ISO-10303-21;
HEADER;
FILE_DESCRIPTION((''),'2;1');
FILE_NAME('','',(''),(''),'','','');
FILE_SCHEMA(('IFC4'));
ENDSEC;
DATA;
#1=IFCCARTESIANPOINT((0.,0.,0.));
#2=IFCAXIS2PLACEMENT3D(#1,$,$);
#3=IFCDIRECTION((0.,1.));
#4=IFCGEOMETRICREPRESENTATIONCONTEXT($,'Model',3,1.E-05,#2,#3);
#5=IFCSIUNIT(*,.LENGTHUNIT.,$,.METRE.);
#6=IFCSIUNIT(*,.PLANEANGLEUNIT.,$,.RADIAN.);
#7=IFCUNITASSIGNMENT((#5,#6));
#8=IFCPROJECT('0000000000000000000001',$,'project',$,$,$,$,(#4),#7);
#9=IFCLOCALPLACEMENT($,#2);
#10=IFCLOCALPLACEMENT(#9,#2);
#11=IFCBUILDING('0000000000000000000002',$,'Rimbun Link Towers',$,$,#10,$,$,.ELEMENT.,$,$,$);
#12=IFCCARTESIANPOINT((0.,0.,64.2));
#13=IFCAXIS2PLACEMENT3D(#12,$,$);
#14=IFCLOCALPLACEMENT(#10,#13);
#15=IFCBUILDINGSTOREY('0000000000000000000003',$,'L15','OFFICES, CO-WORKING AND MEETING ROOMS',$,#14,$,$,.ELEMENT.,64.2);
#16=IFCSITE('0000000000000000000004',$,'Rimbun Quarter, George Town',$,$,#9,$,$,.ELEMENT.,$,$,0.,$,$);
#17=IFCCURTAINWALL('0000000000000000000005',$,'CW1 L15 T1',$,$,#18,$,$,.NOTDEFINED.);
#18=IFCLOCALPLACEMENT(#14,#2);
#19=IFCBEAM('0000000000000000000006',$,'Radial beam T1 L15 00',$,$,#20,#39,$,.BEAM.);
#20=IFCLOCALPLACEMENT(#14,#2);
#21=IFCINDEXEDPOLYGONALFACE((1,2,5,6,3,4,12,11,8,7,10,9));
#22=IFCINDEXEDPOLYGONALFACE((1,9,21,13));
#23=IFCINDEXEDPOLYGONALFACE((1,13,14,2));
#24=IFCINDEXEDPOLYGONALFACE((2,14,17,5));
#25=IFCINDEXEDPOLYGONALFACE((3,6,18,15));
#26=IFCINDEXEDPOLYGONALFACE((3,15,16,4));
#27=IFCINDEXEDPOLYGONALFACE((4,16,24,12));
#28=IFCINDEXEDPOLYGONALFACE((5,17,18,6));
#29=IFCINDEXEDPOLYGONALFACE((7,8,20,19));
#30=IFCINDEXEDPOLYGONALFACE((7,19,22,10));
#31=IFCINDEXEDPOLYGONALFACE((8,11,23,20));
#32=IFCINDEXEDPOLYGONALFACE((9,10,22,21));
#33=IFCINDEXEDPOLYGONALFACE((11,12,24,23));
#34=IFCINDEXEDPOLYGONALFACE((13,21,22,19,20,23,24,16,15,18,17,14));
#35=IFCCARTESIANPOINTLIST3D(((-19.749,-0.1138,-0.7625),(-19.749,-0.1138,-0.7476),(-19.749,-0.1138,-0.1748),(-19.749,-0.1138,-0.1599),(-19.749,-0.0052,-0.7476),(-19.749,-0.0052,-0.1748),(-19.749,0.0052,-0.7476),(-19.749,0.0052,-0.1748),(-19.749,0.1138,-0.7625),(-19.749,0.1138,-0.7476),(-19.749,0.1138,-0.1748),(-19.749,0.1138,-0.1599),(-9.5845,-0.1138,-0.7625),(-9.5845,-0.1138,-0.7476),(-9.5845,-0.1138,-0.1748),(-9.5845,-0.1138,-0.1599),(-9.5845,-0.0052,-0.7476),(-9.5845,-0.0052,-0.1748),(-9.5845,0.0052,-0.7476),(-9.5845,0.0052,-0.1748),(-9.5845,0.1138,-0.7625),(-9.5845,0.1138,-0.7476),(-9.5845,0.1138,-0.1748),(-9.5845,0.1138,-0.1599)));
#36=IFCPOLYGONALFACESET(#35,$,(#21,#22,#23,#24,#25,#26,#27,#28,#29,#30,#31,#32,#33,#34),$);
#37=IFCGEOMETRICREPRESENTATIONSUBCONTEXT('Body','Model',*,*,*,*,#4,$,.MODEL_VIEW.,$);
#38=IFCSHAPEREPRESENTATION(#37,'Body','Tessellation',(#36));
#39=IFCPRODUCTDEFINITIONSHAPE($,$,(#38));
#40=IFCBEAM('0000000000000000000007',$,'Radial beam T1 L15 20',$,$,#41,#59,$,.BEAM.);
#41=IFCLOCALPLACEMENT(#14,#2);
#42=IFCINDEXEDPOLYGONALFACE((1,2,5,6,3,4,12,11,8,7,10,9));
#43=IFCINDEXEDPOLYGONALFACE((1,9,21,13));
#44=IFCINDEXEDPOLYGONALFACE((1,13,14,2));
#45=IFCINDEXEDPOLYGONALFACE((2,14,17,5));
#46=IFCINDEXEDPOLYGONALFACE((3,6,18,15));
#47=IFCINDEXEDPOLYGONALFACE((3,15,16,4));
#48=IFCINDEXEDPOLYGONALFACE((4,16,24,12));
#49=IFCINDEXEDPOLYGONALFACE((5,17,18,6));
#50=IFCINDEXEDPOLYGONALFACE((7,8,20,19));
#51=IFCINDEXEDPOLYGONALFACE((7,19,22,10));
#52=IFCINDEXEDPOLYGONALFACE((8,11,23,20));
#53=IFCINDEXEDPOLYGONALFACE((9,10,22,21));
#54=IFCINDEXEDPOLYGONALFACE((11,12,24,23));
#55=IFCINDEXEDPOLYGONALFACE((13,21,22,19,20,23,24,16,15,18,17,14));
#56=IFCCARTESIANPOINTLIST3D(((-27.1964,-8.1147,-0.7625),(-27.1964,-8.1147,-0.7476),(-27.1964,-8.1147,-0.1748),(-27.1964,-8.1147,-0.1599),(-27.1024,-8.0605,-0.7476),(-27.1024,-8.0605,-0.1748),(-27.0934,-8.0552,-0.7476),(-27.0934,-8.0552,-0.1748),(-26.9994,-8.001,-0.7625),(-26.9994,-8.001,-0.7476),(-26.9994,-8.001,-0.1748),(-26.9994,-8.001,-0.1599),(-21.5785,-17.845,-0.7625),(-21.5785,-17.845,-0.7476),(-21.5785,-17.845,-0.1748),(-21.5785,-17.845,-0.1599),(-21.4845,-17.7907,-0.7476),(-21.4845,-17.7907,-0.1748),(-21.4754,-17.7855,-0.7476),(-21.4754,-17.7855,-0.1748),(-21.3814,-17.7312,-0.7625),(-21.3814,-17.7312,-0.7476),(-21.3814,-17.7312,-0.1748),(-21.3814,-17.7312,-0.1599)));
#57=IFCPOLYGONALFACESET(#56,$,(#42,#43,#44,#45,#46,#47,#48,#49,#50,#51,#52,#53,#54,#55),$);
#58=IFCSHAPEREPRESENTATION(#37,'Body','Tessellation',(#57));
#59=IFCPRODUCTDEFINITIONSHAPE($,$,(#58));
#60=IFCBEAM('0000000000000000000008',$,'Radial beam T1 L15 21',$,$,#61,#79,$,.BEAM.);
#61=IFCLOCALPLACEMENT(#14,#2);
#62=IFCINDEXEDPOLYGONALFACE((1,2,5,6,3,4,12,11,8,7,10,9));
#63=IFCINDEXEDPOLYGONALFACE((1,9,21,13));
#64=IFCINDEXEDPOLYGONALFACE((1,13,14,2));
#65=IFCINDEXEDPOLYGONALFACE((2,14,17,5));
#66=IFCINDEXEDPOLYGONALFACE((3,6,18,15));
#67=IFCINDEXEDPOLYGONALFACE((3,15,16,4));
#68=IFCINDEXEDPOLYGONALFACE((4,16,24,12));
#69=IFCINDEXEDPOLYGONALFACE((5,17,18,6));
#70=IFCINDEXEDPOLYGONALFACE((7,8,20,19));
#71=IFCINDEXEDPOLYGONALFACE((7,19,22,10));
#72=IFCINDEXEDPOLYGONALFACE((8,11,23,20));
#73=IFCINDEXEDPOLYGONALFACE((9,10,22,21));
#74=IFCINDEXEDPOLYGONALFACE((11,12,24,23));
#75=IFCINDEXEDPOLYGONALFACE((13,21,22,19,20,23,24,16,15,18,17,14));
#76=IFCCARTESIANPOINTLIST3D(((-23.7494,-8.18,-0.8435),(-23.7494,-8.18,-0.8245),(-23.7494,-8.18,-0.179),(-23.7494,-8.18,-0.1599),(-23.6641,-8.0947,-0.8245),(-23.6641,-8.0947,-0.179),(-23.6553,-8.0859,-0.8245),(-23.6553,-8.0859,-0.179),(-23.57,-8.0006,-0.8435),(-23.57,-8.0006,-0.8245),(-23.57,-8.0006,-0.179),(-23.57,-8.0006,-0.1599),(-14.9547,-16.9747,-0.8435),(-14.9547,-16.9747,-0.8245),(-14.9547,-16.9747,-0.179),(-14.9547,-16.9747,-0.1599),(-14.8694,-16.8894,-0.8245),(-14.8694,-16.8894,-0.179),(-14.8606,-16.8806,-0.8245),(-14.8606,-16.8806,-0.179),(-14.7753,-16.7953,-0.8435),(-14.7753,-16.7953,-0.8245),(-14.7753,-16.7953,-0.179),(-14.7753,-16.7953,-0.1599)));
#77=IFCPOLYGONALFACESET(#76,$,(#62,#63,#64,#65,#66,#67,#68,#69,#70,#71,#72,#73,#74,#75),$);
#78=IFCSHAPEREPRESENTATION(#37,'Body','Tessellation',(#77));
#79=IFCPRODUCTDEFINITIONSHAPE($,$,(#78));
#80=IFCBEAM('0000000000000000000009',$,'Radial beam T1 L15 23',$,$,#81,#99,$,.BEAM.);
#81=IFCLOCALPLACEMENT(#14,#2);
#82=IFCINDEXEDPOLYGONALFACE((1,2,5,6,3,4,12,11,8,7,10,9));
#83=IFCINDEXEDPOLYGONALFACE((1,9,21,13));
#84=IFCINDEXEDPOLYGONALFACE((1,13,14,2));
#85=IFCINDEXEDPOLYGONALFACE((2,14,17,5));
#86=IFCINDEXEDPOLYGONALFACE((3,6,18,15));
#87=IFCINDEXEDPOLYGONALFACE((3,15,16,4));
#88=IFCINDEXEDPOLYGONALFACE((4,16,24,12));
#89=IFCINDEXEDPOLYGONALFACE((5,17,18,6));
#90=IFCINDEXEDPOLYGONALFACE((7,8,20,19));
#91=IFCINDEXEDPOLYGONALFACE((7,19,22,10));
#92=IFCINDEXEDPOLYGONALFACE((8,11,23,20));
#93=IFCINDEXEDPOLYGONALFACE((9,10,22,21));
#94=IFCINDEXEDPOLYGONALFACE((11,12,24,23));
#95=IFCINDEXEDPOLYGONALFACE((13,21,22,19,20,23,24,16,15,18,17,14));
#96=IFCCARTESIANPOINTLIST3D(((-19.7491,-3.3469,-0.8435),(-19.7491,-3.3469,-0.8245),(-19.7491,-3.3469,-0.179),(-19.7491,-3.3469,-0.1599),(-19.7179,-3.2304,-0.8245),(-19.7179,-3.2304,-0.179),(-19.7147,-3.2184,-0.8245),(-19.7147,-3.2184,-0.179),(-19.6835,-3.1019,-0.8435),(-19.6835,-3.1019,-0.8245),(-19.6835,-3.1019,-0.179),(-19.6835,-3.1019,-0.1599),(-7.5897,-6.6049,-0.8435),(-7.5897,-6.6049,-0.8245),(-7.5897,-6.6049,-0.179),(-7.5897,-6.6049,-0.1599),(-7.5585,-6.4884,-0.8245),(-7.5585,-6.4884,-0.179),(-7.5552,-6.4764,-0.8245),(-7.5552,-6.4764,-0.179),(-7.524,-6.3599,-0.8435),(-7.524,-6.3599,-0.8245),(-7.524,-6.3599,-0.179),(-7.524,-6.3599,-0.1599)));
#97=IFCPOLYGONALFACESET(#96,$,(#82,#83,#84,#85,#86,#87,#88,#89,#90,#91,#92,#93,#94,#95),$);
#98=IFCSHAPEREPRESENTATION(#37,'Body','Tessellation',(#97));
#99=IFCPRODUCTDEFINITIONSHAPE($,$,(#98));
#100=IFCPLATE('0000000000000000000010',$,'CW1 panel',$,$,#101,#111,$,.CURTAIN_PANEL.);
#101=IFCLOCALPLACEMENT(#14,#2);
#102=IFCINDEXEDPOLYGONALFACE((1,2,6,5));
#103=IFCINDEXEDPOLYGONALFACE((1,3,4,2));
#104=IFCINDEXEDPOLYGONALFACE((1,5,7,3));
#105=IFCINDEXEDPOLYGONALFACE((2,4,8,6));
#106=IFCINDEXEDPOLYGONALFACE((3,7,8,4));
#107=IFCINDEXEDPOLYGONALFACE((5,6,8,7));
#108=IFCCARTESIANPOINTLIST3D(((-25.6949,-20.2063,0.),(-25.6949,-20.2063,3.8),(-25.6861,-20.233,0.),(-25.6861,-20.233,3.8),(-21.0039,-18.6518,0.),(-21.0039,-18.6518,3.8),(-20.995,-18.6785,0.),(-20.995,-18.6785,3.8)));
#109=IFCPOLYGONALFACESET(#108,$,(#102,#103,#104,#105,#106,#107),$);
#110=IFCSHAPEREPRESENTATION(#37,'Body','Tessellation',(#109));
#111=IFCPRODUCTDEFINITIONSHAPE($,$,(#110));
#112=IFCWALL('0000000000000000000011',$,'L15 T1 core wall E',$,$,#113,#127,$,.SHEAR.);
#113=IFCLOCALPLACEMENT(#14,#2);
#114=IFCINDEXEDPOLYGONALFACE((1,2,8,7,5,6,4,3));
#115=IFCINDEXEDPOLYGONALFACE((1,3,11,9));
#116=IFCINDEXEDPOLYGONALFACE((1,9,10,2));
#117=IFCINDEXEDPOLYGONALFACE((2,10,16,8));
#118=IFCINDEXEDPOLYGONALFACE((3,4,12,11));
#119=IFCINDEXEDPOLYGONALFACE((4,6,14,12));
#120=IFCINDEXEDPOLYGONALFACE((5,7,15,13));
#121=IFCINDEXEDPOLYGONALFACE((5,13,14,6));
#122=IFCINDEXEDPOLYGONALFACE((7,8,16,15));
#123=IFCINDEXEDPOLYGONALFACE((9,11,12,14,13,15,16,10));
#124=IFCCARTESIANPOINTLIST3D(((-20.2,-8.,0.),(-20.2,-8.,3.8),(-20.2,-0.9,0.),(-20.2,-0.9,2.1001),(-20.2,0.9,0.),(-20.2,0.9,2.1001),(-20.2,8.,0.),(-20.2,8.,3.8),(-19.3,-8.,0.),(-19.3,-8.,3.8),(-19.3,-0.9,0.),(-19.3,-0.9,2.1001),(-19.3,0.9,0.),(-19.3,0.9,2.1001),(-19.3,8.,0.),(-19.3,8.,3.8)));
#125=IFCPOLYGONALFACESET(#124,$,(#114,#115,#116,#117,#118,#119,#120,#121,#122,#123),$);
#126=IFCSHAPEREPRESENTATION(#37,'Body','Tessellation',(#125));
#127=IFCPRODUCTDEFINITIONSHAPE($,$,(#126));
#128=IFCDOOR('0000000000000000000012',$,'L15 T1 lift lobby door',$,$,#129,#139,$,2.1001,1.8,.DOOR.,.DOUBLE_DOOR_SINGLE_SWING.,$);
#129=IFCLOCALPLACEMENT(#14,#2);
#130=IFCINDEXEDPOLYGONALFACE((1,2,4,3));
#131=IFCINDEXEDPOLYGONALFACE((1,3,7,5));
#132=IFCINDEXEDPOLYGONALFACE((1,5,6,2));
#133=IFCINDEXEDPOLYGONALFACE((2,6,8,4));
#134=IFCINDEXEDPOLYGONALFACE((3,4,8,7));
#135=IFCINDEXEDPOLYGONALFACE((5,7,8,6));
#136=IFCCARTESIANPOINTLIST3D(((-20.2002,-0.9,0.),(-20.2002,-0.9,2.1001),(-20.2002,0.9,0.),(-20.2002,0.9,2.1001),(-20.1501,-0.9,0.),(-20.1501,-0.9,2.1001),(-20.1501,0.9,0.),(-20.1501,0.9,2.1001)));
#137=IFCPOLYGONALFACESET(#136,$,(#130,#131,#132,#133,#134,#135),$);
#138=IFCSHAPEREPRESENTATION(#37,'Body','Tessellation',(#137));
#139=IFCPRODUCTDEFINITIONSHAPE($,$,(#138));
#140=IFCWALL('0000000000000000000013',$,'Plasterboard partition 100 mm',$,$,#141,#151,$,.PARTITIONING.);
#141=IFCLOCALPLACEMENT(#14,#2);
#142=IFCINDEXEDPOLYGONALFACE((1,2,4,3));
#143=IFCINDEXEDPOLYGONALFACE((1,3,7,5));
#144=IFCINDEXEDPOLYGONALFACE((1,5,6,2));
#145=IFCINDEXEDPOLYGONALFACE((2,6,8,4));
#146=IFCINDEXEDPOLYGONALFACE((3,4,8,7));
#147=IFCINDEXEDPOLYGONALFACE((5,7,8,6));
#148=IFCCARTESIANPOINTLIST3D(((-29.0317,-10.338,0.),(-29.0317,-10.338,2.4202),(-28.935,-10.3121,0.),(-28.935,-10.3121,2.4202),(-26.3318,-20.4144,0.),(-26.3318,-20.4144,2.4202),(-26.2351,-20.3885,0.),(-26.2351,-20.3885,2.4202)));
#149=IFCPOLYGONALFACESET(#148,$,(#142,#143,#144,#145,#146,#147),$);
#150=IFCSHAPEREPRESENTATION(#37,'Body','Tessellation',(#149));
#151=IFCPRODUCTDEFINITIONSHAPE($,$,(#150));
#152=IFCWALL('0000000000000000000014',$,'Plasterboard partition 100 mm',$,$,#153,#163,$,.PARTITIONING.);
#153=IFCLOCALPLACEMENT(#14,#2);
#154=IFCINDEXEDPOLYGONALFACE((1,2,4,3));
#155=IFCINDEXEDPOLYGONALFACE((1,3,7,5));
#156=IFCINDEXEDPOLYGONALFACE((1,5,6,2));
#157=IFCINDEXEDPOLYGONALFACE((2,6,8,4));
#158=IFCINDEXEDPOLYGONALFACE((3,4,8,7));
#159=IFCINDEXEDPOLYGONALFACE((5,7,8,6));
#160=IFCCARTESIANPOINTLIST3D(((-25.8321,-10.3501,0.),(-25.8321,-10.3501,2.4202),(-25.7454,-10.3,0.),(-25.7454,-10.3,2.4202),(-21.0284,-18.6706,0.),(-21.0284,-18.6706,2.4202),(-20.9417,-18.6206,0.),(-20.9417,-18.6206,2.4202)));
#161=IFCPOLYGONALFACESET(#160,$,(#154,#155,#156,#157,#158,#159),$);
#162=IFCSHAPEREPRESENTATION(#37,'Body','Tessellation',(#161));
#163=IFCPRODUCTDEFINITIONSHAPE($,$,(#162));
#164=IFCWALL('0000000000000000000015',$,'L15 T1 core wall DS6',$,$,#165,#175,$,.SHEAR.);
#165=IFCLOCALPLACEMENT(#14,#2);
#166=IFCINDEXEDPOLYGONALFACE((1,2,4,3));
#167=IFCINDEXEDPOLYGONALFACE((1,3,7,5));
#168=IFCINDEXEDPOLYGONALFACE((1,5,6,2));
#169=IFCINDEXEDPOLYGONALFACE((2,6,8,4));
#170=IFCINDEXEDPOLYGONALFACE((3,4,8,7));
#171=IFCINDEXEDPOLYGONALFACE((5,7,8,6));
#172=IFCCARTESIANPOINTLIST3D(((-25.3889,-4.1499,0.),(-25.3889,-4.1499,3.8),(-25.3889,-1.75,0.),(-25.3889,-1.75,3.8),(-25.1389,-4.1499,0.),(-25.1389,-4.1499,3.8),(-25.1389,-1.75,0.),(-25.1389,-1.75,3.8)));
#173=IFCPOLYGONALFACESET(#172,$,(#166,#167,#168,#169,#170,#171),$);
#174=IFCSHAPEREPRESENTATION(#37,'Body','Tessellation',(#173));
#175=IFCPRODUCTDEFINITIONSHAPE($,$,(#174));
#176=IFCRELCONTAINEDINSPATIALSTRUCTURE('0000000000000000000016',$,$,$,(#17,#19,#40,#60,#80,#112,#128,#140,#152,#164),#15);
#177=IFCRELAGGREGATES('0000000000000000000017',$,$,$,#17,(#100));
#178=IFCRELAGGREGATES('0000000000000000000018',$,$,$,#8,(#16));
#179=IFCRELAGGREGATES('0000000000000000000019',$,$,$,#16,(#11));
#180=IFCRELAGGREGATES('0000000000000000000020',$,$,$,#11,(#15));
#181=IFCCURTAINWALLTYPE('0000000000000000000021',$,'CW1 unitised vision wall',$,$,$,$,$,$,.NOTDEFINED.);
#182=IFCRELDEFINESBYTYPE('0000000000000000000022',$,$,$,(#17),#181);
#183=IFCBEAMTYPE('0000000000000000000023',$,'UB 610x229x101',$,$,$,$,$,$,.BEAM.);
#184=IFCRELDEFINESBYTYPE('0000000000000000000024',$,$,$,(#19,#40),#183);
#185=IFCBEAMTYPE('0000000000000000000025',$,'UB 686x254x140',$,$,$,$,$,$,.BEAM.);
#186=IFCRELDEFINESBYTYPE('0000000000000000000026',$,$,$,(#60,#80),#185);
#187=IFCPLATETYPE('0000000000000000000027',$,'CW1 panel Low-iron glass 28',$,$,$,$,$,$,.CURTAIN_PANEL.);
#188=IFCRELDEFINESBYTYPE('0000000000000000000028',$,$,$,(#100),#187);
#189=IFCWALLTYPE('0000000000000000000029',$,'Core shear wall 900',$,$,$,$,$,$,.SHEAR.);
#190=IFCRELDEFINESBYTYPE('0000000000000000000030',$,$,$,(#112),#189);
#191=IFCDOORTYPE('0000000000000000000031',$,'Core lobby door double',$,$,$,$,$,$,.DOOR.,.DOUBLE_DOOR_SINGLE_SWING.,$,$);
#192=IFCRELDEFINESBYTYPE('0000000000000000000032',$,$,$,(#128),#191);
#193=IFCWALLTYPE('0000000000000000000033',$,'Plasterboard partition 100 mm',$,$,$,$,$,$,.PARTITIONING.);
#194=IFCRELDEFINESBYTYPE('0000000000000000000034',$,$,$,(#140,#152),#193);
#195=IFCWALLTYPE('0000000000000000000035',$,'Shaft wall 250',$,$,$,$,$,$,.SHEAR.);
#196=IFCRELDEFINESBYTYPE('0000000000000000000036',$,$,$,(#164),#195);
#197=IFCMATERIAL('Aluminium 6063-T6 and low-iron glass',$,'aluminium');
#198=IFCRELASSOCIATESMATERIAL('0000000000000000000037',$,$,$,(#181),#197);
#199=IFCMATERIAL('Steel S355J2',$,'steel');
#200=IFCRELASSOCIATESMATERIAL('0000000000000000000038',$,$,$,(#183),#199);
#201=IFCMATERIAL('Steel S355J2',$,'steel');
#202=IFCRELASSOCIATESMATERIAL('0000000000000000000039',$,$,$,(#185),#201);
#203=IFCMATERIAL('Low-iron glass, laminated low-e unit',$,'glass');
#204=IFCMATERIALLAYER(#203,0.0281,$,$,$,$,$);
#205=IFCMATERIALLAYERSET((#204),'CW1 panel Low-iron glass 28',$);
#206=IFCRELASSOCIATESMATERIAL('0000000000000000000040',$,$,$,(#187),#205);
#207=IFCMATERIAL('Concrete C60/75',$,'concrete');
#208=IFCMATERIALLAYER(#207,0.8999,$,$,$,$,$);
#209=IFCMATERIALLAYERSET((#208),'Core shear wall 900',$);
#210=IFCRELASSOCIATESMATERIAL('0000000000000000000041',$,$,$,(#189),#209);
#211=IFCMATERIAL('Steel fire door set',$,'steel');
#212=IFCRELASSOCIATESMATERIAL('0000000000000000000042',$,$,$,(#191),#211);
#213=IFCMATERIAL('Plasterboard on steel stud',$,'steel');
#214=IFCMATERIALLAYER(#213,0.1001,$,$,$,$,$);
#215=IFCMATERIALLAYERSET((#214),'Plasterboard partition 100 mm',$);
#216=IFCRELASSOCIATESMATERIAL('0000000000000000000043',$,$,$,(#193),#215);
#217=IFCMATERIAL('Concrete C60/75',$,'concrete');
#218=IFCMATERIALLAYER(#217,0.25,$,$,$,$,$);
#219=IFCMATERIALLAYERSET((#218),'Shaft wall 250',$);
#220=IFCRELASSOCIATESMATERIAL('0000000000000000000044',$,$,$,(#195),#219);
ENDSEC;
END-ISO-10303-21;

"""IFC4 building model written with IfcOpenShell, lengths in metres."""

from ifc_helpers import new_model, si_unit, direction, frame, frame_2d, origin, origin_2d, place, context, subcontext, project, spatial, rectangle, i_section, extrude, material, layer, layer_set, material_profile, profile_set, type_object, element, fill, aggregate, save


model = new_model("IFC4")

# Units and contexts
model_context = context("Model", 3, precision=1e-05, world=origin(), true_north=direction((0.0, 1.0)))
body_context = subcontext(model_context, "Body", "Model", "MODEL_VIEW")
ifc_project = project(units=[si_unit("LENGTHUNIT", "METRE"), si_unit("PLANEANGLEUNIT", "RADIAN")], contexts=[model_context])

# Site, building, storey
site_placement = place(None, origin())
site = spatial("IfcSite", under=ifc_project, at=site_placement, Name="Rimbun Quarter, George Town", CompositionType="ELEMENT", RefElevation=0.0)
building_placement = place(site_placement, origin())
building = spatial("IfcBuilding", under=site, at=building_placement, Name="Rimbun Link Towers", CompositionType="ELEMENT")
storey_placement = place(building_placement, frame((0.0, 0.0, 64.2)))
storey = spatial("IfcBuildingStorey", under=building, at=storey_placement, Name="L15", Description="OFFICES, CO-WORKING AND MEETING ROOMS", CompositionType="ELEMENT", Elevation=64.2)

# Curtain wall
ifc_material_1 = material(Name="Aluminium 6063-T6 and low-iron glass", Category="aluminium")
curtain_wall_type = type_object("IfcCurtainWallType", Name="CW1 unitised vision wall", PredefinedType="NOTDEFINED", material=ifc_material_1)
curtain_wall_placement = place(storey_placement, origin())
curtain_wall = element("IfcCurtainWall", 1, at=curtain_wall_placement, inside=storey, type_object=curtain_wall_type, Name="CW1 L15 T1", PredefinedType="NOTDEFINED")

# Beams
ifc_material_2 = material(Name="Steel S355J2", Category="steel")
ifc_material_profile_1 = material_profile(ifc_material_2, i_section(OverallWidth=0.2275, OverallDepth=0.6025, WebThickness=0.0105, FlangeThickness=0.0149, at=origin_2d()), Name="UB 610x229x101")
ifc_profile_set_1 = profile_set([ifc_material_profile_1], Name="Steel S355J2")
beam_type_1 = type_object("IfcBeamType", Name="UB 610x229x101", PredefinedType="BEAM", material=ifc_profile_set_1)
beam_1_placement = place(storey_placement, frame((-19.749, 0.0, -0.4612), z_axis=(1.0, 0.0, 0.0), x_axis=(0.0, 1.0, 0.0)))
element("IfcBeam", 2, at=beam_1_placement, inside=storey, type_object=beam_type_1, Name="Radial beam T1 L15 00", PredefinedType="BEAM", context=body_context, shape_type="SweptSolid", body=[
    extrude(i_section(OverallWidth=0.2275, OverallDepth=0.6025, WebThickness=0.0105, FlangeThickness=0.0149, at=origin_2d()), origin(), (0.0, 0.0, 1.0), 10.1646),
])
beam_2_placement = place(storey_placement, frame((-27.0979, -8.0579, -0.4612), z_axis=(0.500011, -0.866019, 0.0), x_axis=(0.866019, 0.500011, 0.0)))
element("IfcBeam", 3, at=beam_2_placement, inside=storey, type_object=beam_type_1, Name="Radial beam T1 L15 20", PredefinedType="BEAM", context=body_context, shape_type="SweptSolid", body=[
    extrude(i_section(OverallWidth=0.2275, OverallDepth=0.6025, WebThickness=0.0105, FlangeThickness=0.0149, at=origin_2d()), origin(), (0.0, 0.0, 1.0), 11.2356),
])
ifc_material_3 = material(Name="Steel S355J2", Category="steel")
ifc_material_profile_2 = material_profile(ifc_material_3, i_section(OverallWidth=0.2537, OverallDepth=0.6836, WebThickness=0.0125, FlangeThickness=0.019, at=origin_2d()), Name="UB 686x254x140")
ifc_profile_set_2 = profile_set([ifc_material_profile_2], Name="Steel S355J2")
beam_type_2 = type_object("IfcBeamType", Name="UB 686x254x140", PredefinedType="BEAM", material=ifc_profile_set_2)
beam_3_placement = place(storey_placement, frame((-23.6597, -8.0903, -0.5017), z_axis=(0.707107, -0.707107, 0.0), x_axis=(0.707107, 0.707107, 0.0)))
element("IfcBeam", 4, at=beam_3_placement, inside=storey, type_object=beam_type_2, Name="Radial beam T1 L15 21", PredefinedType="BEAM", context=body_context, shape_type="SweptSolid", body=[
    extrude(i_section(OverallWidth=0.2537, OverallDepth=0.6836, WebThickness=0.0125, FlangeThickness=0.019, at=origin_2d()), origin(), (0.0, 0.0, 1.0), 12.4375),
])
beam_4_placement = place(storey_placement, frame((-19.7163, -3.2244, -0.5017), z_axis=(0.965927, -0.258815, 0.0), x_axis=(0.258815, 0.965927, 0.0)))
element("IfcBeam", 5, at=beam_4_placement, inside=storey, type_object=beam_type_2, Name="Radial beam T1 L15 23", PredefinedType="BEAM", context=body_context, shape_type="SweptSolid", body=[
    extrude(i_section(OverallWidth=0.2537, OverallDepth=0.6836, WebThickness=0.0125, FlangeThickness=0.019, at=origin_2d()), origin(), (0.0, 0.0, 1.0), 12.5884),
])

# Plate
ifc_material_4 = material(Name="Low-iron glass, laminated low-e unit", Category="glass")
ifc_layer_1 = layer(ifc_material_4, 0.0281)
ifc_layer_set_1 = layer_set([ifc_layer_1], Name="CW1 panel Low-iron glass 28")
plate_type = type_object("IfcPlateType", Name="CW1 panel Low-iron glass 28", PredefinedType="CURTAIN_PANEL", material=ifc_layer_set_1)
plate_placement = place(storey_placement, frame((-23.345, -19.4424, 0.0), z_axis=(0.0, 0.0, 1.0), x_axis=(-0.949239, -0.314556, 0.0)))
plate = element("IfcPlate", 6, at=plate_placement, type_object=plate_type, Name="CW1 panel", PredefinedType="CURTAIN_PANEL", context=body_context, shape_type="SweptSolid", body=[
    extrude(rectangle(XDim=4.9419, YDim=0.0281, at=origin_2d()), origin(), (0.0, 0.0, 1.0), 3.8),
])
aggregate(curtain_wall, [plate])

# Wall, opening, door
ifc_material_5 = material(Name="Concrete C60/75", Category="concrete")
ifc_layer_2 = layer(ifc_material_5, 0.8999)
ifc_layer_set_2 = layer_set([ifc_layer_2], Name="Core shear wall 900")
wall_type_1 = type_object("IfcWallType", Name="Core shear wall 900", PredefinedType="SHEAR", material=ifc_layer_set_2)
wall_1_placement = place(storey_placement, frame((-19.75, -8.0, 0.0), z_axis=(0.0, 0.0, 1.0), x_axis=(0.0, 1.0, 0.0)))
wall_1 = element("IfcWall", 7, at=wall_1_placement, inside=storey, type_object=wall_type_1, Name="L15 T1 core wall E", PredefinedType="SHEAR", context=body_context, shape_type="SweptSolid", body=[
    extrude(rectangle(XDim=16.0, YDim=0.8999, at=frame_2d((8.0, 0.0))), origin(), (0.0, 0.0, 1.0), 3.8),
])
opening_1_placement = place(wall_1_placement, frame((7.1001, 0.0, 0.0)))
opening_1 = element("IfcOpeningElement", 8, at=opening_1_placement, cuts=wall_1, PredefinedType="OPENING", context=body_context, shape_type="SweptSolid", body=[
    extrude(rectangle(XDim=1.8, YDim=2.1001, at=frame_2d((0.8999, 1.05))), frame((0.0, 0.46, 0.0), z_axis=(0.0, -1.0, 0.0), x_axis=(1.0, 0.0, 0.0)), (0.0, 0.0, 1.0), 0.9199),
])
ifc_material_6 = material(Name="Steel fire door set", Category="steel")
door_type_1 = type_object("IfcDoorType", Name="Core lobby door double", OperationType="DOUBLE_DOOR_SINGLE_SWING", PredefinedType="DOOR", material=ifc_material_6)
door_1_placement = place(opening_1_placement, origin())
door_1 = element("IfcDoor", 9, at=door_1_placement, inside=storey, type_object=door_type_1, Name="L15 T1 lift lobby door", OperationType="DOUBLE_DOOR_SINGLE_SWING", OverallHeight=2.1001, OverallWidth=1.8, PredefinedType="DOOR", context=body_context, shape_type="SweptSolid", body=[
    extrude(rectangle(XDim=1.8, YDim=2.1001, at=frame_2d((0.8999, 1.05))), frame((0.0, 0.4502, 0.0), z_axis=(0.0, -1.0, 0.0), x_axis=(1.0, 0.0, 0.0)), (0.0, 0.0, 1.0), 0.05),
])
fill(opening_1, door_1)

# Walls
ifc_material_7 = material(Name="Plasterboard on steel stud", Category="steel")
ifc_layer_3 = layer(ifc_material_7, 0.1001)
ifc_layer_set_3 = layer_set([ifc_layer_3], Name="Plasterboard partition 100 mm")
wall_type_2 = type_object("IfcWallType", Name="Plasterboard partition 100 mm", PredefinedType="PARTITIONING", material=ifc_layer_set_3)
wall_2_placement = place(storey_placement, frame((-26.2834, -20.4014, 0.0), z_axis=(0.0, 0.0, 1.0), x_axis=(-0.258818, 0.965926, 0.0)))
element("IfcWall", 10, at=wall_2_placement, inside=storey, type_object=wall_type_2, Name="Plasterboard partition 100 mm", PredefinedType="PARTITIONING", context=body_context, shape_type="SweptSolid", body=[
    extrude(rectangle(XDim=10.4319, YDim=0.1001, at=frame_2d((5.2158, 0.0))), origin(), (0.0, 0.0, 1.0), 2.4202),
])
wall_3_placement = place(storey_placement, frame((-20.9851, -18.6455, 0.0), z_axis=(0.0, 0.0, 1.0), x_axis=(-0.499987, 0.866033, 0.0)))
element("IfcWall", 11, at=wall_3_placement, inside=storey, type_object=wall_type_2, Name="Plasterboard partition 100 mm", PredefinedType="PARTITIONING", context=body_context, shape_type="SweptSolid", body=[
    extrude(rectangle(XDim=9.6077, YDim=0.1001, at=frame_2d((4.8037, 0.0))), origin(), (0.0, 0.0, 1.0), 2.4202),
])
ifc_material_8 = material(Name="Concrete C60/75", Category="concrete")
ifc_layer_4 = layer(ifc_material_8, 0.25)
ifc_layer_set_4 = layer_set([ifc_layer_4], Name="Shaft wall 250")
wall_type_3 = type_object("IfcWallType", Name="Shaft wall 250", PredefinedType="SHEAR", material=ifc_layer_set_4)
wall_4_placement = place(storey_placement, frame((-25.2639, -4.1499, 0.0), z_axis=(0.0, 0.0, 1.0), x_axis=(0.0, 1.0, 0.0)))
element("IfcWall", 12, at=wall_4_placement, inside=storey, type_object=wall_type_3, Name="L15 T1 core wall DS6", PredefinedType="SHEAR", context=body_context, shape_type="SweptSolid", body=[
    extrude(rectangle(XDim=2.3999, YDim=0.25, at=frame_2d((1.2, 0.0))), origin(), (0.0, 0.0, 1.0), 3.8),
])

save(model, "model.ifc")
